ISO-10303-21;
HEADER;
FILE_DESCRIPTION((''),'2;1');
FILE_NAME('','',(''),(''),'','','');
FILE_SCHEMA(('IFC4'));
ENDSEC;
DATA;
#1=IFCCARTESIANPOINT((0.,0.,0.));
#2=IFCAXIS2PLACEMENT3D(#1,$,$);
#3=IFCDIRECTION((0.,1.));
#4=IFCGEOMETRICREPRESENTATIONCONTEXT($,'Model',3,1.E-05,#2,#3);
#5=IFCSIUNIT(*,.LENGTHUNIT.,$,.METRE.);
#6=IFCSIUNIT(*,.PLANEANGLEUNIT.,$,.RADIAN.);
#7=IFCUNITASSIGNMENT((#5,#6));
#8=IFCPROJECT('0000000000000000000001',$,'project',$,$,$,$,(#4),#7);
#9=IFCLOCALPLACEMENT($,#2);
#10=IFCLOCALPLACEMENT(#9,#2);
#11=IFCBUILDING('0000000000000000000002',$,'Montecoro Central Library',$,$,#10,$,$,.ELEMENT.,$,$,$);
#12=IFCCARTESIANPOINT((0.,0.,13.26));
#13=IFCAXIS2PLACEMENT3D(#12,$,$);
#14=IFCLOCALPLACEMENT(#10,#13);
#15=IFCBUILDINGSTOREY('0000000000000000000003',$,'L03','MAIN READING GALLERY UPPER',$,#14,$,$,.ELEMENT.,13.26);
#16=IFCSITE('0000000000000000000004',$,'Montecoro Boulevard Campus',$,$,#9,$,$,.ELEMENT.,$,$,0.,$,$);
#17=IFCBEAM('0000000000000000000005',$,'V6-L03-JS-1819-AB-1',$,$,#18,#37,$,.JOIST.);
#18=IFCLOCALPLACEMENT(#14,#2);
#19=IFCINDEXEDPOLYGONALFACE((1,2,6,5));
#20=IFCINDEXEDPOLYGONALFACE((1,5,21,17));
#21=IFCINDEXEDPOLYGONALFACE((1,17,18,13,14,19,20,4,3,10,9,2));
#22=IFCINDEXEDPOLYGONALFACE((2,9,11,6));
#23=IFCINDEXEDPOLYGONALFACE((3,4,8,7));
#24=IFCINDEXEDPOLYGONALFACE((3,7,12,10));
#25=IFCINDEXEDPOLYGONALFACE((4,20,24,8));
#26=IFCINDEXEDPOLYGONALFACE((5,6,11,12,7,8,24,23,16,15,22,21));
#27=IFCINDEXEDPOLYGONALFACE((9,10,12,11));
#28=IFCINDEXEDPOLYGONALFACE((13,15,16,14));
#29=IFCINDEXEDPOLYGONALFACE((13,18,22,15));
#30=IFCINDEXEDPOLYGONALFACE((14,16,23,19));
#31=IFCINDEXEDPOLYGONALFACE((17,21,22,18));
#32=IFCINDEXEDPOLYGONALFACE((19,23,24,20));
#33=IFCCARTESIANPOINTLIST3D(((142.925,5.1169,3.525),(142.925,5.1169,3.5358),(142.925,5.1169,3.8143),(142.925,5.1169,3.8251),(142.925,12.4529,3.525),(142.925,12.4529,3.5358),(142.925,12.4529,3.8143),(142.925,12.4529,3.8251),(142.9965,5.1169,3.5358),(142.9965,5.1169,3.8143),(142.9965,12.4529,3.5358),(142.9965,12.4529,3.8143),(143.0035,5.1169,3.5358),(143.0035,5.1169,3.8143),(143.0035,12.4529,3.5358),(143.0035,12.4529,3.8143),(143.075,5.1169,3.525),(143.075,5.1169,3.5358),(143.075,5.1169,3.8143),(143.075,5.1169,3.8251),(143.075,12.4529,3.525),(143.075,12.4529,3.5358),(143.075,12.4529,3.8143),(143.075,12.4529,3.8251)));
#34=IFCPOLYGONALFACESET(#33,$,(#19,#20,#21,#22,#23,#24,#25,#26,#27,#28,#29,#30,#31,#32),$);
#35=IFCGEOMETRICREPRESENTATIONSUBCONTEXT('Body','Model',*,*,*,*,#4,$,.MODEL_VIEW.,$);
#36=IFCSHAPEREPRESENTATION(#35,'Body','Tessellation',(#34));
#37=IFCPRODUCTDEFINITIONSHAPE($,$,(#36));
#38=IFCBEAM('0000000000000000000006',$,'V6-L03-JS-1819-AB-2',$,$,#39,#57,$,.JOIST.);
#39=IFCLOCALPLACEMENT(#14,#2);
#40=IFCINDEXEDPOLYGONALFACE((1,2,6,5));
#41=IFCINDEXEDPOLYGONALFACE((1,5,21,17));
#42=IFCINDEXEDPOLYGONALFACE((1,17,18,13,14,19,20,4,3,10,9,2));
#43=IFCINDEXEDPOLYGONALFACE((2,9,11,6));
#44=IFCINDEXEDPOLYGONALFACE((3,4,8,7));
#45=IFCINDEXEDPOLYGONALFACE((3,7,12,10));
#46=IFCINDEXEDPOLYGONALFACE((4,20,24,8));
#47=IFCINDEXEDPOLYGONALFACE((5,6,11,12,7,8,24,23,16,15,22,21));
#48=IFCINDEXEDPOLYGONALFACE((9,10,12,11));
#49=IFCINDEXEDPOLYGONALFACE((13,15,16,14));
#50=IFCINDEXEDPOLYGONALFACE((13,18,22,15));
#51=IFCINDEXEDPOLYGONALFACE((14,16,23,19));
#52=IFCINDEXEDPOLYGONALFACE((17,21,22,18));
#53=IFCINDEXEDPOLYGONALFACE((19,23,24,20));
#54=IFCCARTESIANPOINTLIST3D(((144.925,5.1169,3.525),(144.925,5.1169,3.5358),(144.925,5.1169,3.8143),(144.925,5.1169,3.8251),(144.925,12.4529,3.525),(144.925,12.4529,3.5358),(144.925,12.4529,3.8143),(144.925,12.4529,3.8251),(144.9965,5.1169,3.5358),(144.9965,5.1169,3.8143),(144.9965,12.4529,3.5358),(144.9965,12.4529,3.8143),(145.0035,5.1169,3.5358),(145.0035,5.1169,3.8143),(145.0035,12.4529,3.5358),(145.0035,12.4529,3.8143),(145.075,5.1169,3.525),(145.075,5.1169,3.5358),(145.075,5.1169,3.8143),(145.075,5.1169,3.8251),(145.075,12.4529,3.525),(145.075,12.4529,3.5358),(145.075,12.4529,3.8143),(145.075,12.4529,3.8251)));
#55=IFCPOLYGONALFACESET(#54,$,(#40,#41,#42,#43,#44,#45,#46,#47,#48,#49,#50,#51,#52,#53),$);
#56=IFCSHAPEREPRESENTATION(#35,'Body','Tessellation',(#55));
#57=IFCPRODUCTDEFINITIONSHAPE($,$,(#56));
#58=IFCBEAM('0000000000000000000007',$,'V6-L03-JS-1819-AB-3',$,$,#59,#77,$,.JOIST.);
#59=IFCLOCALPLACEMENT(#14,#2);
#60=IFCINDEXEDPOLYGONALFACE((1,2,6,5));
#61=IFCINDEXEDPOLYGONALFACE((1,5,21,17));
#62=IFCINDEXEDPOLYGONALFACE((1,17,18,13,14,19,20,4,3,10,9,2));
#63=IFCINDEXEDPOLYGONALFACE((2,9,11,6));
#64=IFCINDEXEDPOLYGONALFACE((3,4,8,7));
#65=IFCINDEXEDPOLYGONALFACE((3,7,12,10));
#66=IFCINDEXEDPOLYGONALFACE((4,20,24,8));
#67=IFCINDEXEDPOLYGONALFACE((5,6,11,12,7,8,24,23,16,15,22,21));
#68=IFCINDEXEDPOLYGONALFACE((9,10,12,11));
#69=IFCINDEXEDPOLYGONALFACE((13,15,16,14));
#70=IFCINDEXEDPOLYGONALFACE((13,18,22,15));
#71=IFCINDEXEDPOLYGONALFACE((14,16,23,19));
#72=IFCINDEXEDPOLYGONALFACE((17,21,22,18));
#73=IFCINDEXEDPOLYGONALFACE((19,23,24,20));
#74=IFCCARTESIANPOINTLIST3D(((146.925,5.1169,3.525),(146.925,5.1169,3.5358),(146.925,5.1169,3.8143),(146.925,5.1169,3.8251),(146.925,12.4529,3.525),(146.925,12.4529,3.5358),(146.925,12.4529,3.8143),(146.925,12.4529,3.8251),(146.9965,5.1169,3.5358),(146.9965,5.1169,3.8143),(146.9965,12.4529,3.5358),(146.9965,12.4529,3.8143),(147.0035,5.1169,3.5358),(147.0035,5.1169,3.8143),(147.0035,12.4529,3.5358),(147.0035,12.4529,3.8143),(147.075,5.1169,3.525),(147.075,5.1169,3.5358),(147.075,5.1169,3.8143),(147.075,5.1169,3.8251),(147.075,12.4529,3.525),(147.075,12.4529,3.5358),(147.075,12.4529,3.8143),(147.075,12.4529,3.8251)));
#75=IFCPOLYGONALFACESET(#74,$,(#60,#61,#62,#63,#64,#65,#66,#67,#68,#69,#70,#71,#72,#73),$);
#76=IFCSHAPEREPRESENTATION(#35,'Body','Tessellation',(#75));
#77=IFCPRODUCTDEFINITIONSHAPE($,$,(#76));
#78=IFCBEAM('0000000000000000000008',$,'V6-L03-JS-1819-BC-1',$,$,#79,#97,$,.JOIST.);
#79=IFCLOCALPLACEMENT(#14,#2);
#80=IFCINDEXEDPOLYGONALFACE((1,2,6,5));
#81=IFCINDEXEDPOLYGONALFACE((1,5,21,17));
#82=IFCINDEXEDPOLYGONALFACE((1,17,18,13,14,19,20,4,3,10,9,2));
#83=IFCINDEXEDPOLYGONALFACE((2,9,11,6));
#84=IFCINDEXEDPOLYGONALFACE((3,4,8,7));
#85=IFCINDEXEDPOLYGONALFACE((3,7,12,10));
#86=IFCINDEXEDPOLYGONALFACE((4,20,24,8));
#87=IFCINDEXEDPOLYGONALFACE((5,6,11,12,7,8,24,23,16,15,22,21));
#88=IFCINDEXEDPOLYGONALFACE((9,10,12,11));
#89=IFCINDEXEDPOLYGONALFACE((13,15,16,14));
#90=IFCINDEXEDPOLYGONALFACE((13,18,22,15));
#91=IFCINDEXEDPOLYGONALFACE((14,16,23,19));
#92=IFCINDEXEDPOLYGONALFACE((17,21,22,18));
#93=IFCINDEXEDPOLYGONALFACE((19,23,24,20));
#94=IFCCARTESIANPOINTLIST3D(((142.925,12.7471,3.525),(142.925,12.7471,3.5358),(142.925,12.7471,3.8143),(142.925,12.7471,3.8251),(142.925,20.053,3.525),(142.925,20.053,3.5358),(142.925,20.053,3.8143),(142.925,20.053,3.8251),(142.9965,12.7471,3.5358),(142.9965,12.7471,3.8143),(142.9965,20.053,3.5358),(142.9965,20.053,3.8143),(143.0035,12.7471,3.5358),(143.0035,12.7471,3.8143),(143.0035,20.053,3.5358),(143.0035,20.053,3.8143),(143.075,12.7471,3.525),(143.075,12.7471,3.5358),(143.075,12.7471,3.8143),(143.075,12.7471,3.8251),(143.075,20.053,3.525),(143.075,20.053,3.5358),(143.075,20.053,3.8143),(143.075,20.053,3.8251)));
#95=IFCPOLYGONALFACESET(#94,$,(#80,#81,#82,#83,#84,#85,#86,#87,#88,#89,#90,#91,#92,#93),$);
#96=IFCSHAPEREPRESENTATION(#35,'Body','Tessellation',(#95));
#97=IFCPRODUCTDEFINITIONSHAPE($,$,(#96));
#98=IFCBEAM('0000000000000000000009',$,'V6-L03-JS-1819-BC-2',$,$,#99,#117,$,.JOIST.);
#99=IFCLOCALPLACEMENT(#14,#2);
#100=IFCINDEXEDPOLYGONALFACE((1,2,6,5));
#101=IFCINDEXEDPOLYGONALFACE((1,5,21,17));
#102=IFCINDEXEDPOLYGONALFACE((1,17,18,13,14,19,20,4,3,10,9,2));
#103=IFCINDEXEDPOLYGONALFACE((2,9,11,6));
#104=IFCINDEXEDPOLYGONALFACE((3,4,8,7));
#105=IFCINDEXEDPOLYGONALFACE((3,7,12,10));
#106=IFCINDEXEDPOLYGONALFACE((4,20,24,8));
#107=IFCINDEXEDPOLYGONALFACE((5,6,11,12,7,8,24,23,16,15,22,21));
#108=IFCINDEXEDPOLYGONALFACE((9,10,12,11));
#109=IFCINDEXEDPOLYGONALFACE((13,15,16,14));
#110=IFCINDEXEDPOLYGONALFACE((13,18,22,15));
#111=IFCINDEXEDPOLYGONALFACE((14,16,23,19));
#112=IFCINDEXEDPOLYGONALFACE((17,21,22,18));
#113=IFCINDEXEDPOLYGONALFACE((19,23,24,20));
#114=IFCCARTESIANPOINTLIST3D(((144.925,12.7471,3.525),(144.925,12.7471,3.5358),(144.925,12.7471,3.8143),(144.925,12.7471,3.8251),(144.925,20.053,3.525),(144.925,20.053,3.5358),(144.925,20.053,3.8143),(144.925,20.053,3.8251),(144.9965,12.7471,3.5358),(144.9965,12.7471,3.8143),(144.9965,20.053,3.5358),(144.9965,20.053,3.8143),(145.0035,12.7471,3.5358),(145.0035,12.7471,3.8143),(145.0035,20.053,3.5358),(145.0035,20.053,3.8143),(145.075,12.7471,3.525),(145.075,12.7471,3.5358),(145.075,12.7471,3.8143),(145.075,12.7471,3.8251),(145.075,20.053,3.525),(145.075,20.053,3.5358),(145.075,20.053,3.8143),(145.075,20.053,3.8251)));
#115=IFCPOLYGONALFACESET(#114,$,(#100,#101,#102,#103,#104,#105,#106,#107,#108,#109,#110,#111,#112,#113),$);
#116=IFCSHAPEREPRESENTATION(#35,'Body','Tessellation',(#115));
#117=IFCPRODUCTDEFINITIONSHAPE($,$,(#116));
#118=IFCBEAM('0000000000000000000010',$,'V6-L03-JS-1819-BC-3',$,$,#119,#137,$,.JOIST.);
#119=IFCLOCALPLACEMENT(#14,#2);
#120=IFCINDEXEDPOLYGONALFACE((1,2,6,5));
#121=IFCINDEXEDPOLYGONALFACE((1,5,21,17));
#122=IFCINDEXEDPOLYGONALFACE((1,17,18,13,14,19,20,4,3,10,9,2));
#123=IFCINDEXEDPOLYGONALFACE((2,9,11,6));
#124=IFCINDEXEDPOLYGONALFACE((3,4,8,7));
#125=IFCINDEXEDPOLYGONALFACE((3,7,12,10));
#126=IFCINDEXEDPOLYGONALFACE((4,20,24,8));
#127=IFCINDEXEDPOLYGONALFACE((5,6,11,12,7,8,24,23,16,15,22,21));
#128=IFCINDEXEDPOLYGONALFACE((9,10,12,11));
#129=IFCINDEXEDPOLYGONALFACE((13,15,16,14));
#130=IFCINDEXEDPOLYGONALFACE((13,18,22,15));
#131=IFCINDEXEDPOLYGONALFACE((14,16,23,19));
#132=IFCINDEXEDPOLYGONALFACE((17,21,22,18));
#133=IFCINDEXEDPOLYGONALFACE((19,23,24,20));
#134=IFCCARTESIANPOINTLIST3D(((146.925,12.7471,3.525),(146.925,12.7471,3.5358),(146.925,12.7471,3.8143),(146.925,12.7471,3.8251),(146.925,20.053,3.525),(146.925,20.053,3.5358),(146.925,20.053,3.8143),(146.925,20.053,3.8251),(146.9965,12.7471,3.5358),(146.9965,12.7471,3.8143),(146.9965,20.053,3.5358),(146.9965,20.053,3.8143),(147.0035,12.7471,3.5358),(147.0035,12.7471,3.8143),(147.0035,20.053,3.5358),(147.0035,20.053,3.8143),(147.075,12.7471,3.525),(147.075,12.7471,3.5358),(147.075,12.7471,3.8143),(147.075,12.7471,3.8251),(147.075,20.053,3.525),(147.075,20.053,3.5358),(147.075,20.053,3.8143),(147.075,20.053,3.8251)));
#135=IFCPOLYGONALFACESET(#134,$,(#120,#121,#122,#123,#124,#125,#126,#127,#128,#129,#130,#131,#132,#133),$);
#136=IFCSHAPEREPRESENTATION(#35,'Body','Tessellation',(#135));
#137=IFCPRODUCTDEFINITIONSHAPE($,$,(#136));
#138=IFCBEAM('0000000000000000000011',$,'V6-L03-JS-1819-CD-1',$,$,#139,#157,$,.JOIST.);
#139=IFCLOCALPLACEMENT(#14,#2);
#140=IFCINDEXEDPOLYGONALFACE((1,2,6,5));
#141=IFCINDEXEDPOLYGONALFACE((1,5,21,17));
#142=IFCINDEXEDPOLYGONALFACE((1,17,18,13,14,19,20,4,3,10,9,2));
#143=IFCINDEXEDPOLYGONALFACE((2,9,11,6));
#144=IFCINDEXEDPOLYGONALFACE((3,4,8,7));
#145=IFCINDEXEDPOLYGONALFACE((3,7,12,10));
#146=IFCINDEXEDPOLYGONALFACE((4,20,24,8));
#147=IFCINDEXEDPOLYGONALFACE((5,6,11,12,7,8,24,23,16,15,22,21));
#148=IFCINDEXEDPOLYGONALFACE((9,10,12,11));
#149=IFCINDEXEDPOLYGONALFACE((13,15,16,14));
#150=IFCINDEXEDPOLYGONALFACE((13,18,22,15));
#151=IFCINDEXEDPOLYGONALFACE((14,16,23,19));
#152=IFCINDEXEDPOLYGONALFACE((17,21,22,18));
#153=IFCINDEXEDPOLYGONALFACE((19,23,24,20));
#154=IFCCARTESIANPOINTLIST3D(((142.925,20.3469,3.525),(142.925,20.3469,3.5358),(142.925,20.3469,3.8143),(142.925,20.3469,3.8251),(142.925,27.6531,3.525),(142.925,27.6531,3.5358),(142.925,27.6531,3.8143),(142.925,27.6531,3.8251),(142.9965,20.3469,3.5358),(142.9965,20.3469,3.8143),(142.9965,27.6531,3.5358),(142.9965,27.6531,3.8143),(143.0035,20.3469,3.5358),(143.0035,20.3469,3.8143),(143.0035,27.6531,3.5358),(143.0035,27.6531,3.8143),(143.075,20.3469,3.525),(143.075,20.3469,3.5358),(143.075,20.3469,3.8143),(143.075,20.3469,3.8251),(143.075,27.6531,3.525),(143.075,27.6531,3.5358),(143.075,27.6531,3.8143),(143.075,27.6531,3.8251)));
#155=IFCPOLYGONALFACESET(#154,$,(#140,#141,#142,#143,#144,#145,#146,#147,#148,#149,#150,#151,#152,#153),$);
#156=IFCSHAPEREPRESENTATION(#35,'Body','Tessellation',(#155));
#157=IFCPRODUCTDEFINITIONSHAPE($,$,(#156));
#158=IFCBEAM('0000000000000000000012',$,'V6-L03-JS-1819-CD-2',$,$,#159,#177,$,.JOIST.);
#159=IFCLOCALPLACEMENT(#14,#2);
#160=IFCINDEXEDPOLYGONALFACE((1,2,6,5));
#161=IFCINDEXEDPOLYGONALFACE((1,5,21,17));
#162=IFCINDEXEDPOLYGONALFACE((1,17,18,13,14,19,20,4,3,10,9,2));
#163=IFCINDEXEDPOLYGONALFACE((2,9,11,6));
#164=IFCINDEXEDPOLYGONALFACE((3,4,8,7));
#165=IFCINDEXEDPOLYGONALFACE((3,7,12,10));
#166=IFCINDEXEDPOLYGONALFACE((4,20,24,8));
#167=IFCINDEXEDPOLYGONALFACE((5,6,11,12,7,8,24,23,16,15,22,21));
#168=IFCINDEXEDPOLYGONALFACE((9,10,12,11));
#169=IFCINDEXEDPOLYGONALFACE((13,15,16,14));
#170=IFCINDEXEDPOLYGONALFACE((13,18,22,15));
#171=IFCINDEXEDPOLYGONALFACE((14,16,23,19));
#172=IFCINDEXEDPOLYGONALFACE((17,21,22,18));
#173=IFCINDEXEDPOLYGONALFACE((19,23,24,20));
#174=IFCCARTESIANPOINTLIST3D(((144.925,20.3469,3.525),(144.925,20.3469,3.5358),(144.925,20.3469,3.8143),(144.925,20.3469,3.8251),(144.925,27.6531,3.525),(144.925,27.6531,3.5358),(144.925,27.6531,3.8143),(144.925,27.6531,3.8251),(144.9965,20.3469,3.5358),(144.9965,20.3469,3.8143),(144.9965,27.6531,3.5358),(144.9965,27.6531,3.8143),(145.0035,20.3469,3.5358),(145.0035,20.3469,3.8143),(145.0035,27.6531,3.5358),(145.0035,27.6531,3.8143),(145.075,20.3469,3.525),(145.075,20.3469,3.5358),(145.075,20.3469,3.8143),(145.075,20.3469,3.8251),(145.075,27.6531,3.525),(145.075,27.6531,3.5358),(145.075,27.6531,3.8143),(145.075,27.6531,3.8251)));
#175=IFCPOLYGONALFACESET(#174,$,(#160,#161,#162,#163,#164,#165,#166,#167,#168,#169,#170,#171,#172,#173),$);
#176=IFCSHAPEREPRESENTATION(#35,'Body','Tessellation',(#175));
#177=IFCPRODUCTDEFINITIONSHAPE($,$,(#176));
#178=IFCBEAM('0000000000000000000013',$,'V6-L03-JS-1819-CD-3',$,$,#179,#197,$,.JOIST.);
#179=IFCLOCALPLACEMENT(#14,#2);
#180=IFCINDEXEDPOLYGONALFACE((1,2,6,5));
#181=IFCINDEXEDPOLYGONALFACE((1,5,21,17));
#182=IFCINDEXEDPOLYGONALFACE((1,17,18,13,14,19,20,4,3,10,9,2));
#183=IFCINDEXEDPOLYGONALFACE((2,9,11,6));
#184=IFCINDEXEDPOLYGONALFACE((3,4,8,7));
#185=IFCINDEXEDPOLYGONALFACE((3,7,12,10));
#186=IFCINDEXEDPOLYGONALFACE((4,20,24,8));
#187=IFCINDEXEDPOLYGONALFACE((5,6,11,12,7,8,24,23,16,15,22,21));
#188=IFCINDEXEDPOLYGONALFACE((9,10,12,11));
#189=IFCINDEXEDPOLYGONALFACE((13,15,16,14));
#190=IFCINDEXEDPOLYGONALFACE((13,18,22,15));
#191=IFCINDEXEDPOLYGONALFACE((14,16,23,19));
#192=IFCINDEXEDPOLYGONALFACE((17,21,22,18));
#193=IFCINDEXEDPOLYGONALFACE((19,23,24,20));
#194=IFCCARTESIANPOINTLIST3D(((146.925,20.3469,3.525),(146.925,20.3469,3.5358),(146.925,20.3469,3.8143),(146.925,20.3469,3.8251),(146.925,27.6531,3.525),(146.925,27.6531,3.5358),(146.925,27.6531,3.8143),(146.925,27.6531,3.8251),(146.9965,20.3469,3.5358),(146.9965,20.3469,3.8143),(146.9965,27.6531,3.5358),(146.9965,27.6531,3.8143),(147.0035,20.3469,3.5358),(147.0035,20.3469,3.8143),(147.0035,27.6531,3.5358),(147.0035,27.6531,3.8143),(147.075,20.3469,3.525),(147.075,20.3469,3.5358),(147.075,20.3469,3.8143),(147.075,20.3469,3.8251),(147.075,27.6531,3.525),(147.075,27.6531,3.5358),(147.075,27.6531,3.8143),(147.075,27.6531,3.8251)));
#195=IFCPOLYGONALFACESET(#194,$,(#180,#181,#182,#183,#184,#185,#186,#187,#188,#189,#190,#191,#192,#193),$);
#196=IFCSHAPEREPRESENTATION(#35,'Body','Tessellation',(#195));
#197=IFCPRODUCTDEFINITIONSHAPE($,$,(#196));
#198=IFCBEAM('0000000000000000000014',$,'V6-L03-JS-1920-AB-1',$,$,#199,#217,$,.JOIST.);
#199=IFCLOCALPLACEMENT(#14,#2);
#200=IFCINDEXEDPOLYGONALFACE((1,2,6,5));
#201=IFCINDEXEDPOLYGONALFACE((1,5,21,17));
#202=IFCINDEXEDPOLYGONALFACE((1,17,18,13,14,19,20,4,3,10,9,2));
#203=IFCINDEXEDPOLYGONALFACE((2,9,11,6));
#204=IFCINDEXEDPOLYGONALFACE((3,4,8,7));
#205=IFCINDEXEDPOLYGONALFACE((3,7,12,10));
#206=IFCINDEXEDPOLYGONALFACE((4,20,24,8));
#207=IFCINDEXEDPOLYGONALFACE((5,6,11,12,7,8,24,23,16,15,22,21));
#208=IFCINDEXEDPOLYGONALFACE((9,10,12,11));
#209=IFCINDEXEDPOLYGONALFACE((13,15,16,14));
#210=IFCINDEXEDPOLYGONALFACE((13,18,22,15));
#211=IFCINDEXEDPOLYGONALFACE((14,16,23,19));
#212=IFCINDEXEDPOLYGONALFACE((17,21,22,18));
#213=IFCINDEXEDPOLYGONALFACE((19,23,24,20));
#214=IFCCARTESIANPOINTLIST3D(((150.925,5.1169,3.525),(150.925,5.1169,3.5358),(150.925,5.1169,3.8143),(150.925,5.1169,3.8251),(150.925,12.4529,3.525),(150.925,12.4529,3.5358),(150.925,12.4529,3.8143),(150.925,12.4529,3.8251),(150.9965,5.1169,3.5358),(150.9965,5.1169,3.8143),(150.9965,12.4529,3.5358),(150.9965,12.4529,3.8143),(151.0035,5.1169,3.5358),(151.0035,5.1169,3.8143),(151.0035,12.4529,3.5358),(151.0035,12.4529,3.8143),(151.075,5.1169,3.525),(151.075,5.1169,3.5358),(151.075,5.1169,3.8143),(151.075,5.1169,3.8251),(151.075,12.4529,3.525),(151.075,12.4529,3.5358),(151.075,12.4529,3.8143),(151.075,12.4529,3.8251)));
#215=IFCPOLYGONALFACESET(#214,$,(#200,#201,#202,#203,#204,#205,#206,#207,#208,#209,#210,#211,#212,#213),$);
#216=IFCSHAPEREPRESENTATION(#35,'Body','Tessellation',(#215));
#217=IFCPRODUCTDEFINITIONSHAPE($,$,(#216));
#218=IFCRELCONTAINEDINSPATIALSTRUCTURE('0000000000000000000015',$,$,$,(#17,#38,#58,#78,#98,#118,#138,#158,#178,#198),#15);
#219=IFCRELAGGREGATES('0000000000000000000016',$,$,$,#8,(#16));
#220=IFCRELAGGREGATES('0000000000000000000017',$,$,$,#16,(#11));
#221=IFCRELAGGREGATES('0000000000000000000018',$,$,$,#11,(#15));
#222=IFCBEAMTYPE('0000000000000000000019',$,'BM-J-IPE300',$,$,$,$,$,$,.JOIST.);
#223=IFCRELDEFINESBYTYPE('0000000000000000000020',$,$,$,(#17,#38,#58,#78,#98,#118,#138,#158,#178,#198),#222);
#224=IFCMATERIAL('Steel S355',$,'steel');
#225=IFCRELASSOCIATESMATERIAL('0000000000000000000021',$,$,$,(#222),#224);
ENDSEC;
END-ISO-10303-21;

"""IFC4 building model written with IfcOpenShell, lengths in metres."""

from ifc_helpers import new_model, si_unit, direction, frame, origin, origin_2d, place, context, subcontext, project, spatial, i_section, extrude, material, material_profile, profile_set, type_object, element, save


model = new_model("IFC4")

# Units and contexts
model_context = context("Model", 3, precision=1e-05, world=origin(), true_north=direction((0.0, 1.0)))
body_context = subcontext(model_context, "Body", "Model", "MODEL_VIEW")
ifc_project = project(units=[si_unit("LENGTHUNIT", "METRE"), si_unit("PLANEANGLEUNIT", "RADIAN")], contexts=[model_context])

# Site, building, storey
site_placement = place(None, origin())
site = spatial("IfcSite", under=ifc_project, at=site_placement, Name="Montecoro Boulevard Campus", CompositionType="ELEMENT", RefElevation=0.0)
building_placement = place(site_placement, origin())
building = spatial("IfcBuilding", under=site, at=building_placement, Name="Montecoro Central Library", CompositionType="ELEMENT")
storey_placement = place(building_placement, frame((0.0, 0.0, 13.26)))
storey = spatial("IfcBuildingStorey", under=building, at=storey_placement, Name="L03", Description="MAIN READING GALLERY UPPER", CompositionType="ELEMENT", Elevation=13.26)

# Shared definitions
ifc_material_1 = material(Name="Steel S355", Category="steel")

# Beams
ifc_material_profile_1 = material_profile(ifc_material_1, i_section(OverallWidth=0.1499, OverallDepth=0.3, WebThickness=0.0071, FlangeThickness=0.0107, at=origin_2d()), Name="IPE 300")
ifc_profile_set_1 = profile_set([ifc_material_profile_1], Name="Steel S355")
beam_type_1 = type_object("IfcBeamType", Name="BM-J-IPE300", PredefinedType="JOIST", material=ifc_profile_set_1)
for number, where, z_axis, x_axis, name in (
    (1, (143.0, 5.1169, 3.675), (0.0, 1.0, 0.0), (-1.0, 0.0, 0.0), "V6-L03-JS-1819-AB-1"),
    (2, (145.0, 5.1169, 3.675), (0.0, 1.0, 0.0), (-1.0, 0.0, 0.0), "V6-L03-JS-1819-AB-2"),
    (3, (147.0, 5.1169, 3.675), (0.0, 1.0, 0.0), (-1.0, 0.0, 0.0), "V6-L03-JS-1819-AB-3"),
):
    element("IfcBeam", number, at=place(storey_placement, frame(where, z_axis=z_axis, x_axis=x_axis)), inside=storey, type_object=beam_type_1, Name=name, PredefinedType="JOIST", context=body_context, shape_type="SweptSolid", body=[
        extrude(i_section(OverallWidth=0.1499, OverallDepth=0.3, WebThickness=0.0071, FlangeThickness=0.0107, at=origin_2d()), origin(), (0.0, 0.0, 1.0), 7.3359),
    ])
for number, where, z_axis, x_axis, name in (
    (4, (143.0, 12.7471, 3.675), (0.0, 1.0, 0.0), (-1.0, 0.0, 0.0), "V6-L03-JS-1819-BC-1"),
    (5, (145.0, 12.7471, 3.675), (0.0, 1.0, 0.0), (-1.0, 0.0, 0.0), "V6-L03-JS-1819-BC-2"),
    (6, (147.0, 12.7471, 3.675), (0.0, 1.0, 0.0), (-1.0, 0.0, 0.0), "V6-L03-JS-1819-BC-3"),
):
    element("IfcBeam", number, at=place(storey_placement, frame(where, z_axis=z_axis, x_axis=x_axis)), inside=storey, type_object=beam_type_1, Name=name, PredefinedType="JOIST", context=body_context, shape_type="SweptSolid", body=[
        extrude(i_section(OverallWidth=0.1499, OverallDepth=0.3, WebThickness=0.0071, FlangeThickness=0.0107, at=origin_2d()), origin(), (0.0, 0.0, 1.0), 7.3059),
    ])
for number, where, z_axis, x_axis, name in (
    (7, (143.0, 20.3469, 3.675), (0.0, 1.0, 0.0), (-1.0, 0.0, 0.0), "V6-L03-JS-1819-CD-1"),
    (8, (145.0, 20.3469, 3.675), (0.0, 1.0, 0.0), (-1.0, 0.0, 0.0), "V6-L03-JS-1819-CD-2"),
    (9, (147.0, 20.3469, 3.675), (0.0, 1.0, 0.0), (-1.0, 0.0, 0.0), "V6-L03-JS-1819-CD-3"),
):
    element("IfcBeam", number, at=place(storey_placement, frame(where, z_axis=z_axis, x_axis=x_axis)), inside=storey, type_object=beam_type_1, Name=name, PredefinedType="JOIST", context=body_context, shape_type="SweptSolid", body=[
        extrude(i_section(OverallWidth=0.1499, OverallDepth=0.3, WebThickness=0.0071, FlangeThickness=0.0107, at=origin_2d()), origin(), (0.0, 0.0, 1.0), 7.3062),
    ])
for number, where, z_axis, x_axis, name in (
    (10, (151.0, 5.1169, 3.675), (0.0, 1.0, 0.0), (-1.0, 0.0, 0.0), "V6-L03-JS-1920-AB-1"),
):
    element("IfcBeam", number, at=place(storey_placement, frame(where, z_axis=z_axis, x_axis=x_axis)), inside=storey, type_object=beam_type_1, Name=name, PredefinedType="JOIST", context=body_context, shape_type="SweptSolid", body=[
        extrude(i_section(OverallWidth=0.1499, OverallDepth=0.3, WebThickness=0.0071, FlangeThickness=0.0107, at=origin_2d()), origin(), (0.0, 0.0, 1.0), 7.3359),
    ])

save(model, "model.ifc")
